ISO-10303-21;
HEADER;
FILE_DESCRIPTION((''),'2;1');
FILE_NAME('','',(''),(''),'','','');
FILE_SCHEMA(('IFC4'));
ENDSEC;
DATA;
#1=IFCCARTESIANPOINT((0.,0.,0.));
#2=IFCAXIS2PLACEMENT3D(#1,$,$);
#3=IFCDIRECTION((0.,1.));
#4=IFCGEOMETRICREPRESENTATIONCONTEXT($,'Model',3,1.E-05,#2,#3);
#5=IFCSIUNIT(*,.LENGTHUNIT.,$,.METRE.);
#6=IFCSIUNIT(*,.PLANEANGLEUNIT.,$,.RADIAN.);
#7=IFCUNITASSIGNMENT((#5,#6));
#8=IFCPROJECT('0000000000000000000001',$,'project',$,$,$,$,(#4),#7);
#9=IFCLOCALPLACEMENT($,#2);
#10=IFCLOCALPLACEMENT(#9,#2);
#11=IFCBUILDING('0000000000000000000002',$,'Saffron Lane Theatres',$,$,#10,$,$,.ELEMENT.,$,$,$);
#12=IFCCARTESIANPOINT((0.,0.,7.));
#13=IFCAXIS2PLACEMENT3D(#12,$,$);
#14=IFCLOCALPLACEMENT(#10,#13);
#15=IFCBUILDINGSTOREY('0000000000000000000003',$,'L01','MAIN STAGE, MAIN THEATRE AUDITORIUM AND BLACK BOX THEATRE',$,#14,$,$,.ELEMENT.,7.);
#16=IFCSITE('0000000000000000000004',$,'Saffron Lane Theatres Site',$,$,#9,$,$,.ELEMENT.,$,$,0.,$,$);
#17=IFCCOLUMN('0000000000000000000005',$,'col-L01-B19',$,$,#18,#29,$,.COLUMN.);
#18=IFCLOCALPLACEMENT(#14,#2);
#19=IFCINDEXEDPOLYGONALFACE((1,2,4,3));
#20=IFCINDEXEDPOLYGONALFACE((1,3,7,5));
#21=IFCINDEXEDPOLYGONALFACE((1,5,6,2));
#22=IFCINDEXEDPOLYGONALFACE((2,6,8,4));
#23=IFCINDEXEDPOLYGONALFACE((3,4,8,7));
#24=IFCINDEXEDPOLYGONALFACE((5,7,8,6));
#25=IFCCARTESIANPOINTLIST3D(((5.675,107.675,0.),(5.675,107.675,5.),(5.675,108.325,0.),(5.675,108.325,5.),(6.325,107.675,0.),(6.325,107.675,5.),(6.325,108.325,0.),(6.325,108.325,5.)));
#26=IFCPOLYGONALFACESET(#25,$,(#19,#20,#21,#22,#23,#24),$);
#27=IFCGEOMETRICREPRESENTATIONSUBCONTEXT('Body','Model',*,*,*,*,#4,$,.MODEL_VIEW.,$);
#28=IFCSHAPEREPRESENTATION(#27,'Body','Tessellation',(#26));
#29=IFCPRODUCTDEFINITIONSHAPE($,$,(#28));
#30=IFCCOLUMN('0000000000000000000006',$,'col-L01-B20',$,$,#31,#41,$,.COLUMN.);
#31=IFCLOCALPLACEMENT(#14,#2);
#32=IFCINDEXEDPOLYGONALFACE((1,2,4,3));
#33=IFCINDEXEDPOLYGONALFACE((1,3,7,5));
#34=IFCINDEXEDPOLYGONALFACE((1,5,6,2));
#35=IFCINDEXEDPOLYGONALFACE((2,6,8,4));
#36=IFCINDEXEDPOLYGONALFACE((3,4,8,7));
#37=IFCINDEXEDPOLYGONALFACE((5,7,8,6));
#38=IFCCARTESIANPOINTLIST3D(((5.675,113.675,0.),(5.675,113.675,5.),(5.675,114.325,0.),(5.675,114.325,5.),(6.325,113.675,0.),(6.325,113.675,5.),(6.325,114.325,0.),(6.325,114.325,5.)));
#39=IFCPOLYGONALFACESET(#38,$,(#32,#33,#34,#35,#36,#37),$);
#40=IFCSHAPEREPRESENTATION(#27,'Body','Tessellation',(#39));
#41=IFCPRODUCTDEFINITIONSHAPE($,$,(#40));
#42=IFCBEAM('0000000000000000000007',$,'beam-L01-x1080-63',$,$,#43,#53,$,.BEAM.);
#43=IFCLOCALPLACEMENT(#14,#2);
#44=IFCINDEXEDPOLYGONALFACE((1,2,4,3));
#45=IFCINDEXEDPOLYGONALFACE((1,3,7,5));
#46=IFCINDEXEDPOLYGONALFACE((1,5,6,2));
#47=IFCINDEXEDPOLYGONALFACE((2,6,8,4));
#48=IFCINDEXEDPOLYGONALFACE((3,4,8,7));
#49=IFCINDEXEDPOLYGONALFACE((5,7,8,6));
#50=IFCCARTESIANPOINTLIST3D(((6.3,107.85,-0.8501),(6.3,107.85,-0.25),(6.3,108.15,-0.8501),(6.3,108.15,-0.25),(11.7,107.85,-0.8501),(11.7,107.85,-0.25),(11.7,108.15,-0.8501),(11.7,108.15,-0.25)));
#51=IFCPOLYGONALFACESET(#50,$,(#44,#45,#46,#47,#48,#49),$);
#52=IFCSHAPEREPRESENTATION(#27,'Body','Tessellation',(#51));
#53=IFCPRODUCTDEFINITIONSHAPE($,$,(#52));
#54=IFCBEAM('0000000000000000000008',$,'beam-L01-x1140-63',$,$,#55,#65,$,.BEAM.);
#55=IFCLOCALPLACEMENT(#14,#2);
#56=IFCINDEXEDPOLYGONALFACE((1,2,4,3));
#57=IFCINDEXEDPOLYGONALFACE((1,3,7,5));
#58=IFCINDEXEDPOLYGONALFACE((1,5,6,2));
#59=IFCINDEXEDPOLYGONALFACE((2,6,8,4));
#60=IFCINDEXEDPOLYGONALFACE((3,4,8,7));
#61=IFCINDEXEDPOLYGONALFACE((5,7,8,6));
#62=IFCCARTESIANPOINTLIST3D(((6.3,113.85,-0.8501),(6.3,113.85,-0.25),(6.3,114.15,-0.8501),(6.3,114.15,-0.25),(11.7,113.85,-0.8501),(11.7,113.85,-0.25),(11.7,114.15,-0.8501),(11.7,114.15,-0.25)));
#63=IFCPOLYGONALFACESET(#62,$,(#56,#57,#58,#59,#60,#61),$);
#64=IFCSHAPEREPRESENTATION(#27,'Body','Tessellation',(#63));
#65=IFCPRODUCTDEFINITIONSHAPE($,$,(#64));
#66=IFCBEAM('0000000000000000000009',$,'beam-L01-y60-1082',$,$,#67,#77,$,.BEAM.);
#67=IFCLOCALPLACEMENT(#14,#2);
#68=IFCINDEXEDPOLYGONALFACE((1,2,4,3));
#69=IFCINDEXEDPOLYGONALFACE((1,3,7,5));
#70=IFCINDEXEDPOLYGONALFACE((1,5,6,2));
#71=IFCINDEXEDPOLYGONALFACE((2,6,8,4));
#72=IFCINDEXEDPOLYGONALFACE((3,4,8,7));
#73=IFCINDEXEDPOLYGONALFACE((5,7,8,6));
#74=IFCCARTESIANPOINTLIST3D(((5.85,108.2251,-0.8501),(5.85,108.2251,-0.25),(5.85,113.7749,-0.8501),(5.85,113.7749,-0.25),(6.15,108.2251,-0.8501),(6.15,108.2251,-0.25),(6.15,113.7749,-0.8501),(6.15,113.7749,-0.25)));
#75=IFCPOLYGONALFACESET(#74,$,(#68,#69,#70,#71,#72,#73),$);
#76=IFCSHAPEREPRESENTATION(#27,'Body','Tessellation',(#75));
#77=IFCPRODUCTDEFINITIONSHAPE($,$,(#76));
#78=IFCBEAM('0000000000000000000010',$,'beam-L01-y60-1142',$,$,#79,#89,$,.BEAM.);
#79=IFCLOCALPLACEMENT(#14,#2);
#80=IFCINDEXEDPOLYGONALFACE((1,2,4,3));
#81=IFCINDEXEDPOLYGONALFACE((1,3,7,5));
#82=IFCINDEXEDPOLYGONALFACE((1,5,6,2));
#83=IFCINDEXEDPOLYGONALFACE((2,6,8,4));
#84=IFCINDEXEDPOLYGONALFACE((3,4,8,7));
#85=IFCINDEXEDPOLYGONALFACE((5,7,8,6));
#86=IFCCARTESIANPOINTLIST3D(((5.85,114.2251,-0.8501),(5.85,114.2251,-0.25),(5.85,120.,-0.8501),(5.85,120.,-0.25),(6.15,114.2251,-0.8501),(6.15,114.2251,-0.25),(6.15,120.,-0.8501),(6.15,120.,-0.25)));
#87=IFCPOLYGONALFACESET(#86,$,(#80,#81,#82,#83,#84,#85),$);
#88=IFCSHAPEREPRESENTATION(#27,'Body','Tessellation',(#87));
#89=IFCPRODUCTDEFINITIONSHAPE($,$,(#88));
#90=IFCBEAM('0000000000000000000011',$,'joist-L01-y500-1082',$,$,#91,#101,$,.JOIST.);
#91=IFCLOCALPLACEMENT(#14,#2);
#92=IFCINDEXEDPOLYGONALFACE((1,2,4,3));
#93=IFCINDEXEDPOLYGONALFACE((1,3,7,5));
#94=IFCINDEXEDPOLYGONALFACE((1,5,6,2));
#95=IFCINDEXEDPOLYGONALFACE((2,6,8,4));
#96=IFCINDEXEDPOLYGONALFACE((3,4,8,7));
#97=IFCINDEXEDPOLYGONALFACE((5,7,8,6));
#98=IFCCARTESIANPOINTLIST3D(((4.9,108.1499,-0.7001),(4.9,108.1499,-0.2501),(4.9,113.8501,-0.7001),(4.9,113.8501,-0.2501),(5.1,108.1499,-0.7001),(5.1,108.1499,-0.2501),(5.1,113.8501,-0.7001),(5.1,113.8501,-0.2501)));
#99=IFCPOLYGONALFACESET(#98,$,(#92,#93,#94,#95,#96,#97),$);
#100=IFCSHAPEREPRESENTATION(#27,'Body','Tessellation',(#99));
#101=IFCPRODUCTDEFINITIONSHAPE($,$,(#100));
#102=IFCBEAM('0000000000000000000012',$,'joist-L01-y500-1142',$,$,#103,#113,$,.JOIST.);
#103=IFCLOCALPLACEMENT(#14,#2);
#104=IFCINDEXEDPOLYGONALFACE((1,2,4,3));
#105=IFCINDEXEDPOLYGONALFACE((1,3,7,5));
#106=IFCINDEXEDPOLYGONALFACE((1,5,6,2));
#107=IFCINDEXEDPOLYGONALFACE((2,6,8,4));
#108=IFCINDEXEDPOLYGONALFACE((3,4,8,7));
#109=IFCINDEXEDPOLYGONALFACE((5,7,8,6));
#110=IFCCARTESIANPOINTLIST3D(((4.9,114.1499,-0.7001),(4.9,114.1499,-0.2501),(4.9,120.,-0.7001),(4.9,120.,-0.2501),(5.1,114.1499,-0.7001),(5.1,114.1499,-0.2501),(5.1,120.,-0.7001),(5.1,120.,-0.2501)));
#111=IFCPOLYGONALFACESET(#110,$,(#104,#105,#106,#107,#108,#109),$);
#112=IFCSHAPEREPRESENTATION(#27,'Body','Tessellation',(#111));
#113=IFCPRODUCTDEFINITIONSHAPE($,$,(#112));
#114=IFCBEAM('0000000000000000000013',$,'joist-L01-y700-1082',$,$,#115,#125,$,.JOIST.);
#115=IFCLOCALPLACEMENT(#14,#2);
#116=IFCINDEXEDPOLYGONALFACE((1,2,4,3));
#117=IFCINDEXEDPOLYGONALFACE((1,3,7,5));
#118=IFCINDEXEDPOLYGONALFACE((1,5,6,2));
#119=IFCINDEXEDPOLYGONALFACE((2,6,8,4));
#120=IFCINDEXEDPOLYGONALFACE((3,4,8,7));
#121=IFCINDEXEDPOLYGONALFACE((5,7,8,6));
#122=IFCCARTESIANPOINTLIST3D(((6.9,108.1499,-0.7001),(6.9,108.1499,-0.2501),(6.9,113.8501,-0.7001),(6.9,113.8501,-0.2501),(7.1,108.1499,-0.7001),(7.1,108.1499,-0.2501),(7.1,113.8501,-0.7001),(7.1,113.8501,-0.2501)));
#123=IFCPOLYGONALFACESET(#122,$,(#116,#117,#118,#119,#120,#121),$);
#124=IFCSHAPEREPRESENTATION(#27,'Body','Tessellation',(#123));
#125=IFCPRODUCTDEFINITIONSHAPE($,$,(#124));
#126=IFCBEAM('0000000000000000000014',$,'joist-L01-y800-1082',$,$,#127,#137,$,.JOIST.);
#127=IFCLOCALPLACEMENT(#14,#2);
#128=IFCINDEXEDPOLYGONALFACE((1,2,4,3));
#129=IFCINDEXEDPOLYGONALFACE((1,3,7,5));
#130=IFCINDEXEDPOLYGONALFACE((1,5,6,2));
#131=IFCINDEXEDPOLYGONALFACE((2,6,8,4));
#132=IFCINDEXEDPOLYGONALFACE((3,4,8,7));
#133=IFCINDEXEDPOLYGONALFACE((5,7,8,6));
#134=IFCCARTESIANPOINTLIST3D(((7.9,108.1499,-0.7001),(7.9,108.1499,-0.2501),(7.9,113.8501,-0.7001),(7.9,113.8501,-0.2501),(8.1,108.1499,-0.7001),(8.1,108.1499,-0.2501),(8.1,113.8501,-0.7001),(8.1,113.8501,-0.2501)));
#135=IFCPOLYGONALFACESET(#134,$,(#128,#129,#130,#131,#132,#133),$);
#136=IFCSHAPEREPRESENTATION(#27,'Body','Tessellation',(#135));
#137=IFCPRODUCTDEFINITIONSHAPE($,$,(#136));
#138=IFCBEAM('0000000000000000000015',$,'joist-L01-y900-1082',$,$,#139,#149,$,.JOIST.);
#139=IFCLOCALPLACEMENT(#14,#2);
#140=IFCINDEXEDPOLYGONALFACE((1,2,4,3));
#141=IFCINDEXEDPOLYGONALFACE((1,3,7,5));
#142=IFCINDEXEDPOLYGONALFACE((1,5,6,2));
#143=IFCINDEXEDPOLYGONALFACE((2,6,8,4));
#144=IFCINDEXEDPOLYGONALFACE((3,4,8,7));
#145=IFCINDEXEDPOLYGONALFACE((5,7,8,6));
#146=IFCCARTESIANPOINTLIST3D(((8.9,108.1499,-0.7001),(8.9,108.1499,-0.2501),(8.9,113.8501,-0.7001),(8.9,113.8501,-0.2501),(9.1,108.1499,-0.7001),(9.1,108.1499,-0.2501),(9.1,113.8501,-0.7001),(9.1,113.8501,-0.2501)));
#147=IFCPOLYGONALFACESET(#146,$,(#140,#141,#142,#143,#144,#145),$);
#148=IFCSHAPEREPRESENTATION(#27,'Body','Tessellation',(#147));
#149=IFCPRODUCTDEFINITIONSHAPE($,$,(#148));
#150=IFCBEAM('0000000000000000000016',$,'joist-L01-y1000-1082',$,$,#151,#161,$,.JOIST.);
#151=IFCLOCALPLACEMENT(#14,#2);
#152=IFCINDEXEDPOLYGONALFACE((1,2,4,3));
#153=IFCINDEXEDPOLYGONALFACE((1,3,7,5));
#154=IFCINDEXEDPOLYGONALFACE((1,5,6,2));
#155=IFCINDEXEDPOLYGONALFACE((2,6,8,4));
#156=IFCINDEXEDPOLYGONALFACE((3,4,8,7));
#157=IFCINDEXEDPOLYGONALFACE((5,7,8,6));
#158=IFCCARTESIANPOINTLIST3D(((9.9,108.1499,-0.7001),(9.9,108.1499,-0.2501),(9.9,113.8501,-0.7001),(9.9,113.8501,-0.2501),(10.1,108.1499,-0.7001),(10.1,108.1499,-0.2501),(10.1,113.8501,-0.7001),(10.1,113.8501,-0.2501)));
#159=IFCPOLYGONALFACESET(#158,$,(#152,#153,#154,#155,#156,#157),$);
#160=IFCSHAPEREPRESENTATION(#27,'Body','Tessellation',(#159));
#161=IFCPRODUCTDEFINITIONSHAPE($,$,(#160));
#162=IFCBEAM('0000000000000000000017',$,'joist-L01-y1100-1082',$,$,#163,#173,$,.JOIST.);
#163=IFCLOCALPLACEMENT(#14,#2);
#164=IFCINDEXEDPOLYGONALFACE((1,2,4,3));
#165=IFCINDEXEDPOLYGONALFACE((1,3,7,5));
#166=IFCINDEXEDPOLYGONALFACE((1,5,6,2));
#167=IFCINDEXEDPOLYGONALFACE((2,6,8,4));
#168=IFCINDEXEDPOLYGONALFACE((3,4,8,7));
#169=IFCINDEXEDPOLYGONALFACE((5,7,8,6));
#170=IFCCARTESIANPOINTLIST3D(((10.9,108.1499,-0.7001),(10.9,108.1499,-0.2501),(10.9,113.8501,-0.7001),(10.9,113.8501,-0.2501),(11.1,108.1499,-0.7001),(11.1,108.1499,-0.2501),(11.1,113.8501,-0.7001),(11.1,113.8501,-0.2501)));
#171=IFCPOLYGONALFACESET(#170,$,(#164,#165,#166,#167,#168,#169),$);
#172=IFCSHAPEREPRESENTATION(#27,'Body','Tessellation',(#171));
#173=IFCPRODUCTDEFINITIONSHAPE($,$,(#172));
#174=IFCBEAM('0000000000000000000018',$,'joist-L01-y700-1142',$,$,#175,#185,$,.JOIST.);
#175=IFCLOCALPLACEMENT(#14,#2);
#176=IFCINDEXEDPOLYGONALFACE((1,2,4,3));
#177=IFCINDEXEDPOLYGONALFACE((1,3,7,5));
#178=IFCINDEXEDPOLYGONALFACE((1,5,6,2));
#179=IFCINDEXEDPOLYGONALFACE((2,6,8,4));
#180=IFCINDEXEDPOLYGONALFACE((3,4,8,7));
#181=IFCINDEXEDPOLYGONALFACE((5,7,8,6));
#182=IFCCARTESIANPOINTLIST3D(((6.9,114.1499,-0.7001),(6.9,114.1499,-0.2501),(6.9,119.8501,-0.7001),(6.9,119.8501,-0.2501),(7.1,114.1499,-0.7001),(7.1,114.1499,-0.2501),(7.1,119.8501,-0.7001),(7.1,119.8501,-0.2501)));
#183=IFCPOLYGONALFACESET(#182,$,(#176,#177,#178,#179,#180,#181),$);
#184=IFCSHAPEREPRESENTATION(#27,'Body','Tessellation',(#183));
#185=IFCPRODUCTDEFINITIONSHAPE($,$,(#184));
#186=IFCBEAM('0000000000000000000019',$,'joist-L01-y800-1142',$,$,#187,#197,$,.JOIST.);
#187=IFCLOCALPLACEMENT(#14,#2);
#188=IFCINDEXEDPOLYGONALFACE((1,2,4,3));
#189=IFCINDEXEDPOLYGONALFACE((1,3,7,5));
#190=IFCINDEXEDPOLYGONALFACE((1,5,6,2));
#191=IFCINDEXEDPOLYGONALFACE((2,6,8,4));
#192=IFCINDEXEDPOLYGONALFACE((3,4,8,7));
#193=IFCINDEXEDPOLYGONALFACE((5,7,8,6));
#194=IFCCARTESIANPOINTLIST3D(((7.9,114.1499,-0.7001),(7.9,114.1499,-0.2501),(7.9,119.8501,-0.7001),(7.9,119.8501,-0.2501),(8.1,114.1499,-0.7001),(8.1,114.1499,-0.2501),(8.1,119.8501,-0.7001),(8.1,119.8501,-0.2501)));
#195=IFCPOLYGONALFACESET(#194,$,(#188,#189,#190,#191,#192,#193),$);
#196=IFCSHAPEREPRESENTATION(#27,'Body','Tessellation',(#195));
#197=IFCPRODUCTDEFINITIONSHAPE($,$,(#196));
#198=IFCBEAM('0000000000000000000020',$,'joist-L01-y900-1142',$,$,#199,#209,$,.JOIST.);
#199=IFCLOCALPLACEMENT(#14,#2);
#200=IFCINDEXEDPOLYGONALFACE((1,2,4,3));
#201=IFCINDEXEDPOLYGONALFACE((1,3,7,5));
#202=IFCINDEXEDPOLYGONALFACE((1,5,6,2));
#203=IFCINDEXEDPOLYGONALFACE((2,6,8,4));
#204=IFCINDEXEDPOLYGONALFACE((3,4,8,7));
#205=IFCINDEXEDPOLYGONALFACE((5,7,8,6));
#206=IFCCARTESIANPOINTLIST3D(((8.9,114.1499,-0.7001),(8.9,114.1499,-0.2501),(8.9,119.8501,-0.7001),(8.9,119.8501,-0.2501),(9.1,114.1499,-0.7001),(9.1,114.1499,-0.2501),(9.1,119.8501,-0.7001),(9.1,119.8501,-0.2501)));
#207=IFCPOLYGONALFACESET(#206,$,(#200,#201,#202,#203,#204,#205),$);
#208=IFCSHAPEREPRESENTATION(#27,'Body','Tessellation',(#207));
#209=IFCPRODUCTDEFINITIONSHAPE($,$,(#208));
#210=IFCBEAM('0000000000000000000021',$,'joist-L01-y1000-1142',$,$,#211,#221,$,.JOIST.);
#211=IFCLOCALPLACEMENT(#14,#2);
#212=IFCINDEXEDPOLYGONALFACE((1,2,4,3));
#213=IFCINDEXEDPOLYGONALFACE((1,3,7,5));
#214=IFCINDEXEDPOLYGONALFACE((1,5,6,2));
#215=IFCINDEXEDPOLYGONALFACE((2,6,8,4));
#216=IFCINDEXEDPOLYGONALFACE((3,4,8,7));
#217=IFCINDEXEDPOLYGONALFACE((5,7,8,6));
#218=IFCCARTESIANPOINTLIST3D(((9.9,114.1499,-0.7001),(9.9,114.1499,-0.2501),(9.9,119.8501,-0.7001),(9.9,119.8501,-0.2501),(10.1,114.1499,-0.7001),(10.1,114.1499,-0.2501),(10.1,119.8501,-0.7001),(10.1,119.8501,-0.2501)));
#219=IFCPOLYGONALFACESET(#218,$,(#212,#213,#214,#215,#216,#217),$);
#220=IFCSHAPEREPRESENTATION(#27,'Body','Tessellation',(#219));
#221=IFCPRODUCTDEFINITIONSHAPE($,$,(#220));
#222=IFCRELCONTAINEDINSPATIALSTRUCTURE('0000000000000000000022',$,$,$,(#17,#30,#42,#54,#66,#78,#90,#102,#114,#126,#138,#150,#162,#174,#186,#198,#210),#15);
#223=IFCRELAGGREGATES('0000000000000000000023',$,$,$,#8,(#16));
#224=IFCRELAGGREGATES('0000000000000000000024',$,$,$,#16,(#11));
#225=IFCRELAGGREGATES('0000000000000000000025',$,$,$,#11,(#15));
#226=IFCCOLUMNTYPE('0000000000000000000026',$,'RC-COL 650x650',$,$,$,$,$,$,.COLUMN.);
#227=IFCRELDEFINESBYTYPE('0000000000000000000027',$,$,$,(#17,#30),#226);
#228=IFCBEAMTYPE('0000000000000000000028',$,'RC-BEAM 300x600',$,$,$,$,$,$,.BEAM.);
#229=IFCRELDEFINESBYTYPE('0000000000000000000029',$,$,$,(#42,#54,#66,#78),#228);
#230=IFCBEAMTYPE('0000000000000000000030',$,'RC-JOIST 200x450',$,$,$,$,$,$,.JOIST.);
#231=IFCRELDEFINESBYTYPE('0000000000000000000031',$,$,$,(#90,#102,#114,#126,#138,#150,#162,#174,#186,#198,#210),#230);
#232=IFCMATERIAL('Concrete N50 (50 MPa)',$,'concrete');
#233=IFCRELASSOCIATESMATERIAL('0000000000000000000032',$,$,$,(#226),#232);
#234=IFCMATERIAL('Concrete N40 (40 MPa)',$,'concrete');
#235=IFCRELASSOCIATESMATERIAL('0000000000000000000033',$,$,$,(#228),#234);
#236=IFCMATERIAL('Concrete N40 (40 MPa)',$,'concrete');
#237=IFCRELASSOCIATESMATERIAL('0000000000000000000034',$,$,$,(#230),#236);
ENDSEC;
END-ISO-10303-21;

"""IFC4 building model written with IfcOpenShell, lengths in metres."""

from ifc_helpers import new_model, si_unit, direction, frame, origin, origin_2d, place, context, subcontext, project, spatial, rectangle, extrude, material, material_profile, profile_set, type_object, element, save


model = new_model("IFC4")

# Units and contexts
model_context = context("Model", 3, precision=1e-05, world=origin(), true_north=direction((0.0, 1.0)))
body_context = subcontext(model_context, "Body", "Model", "MODEL_VIEW")
ifc_project = project(units=[si_unit("LENGTHUNIT", "METRE"), si_unit("PLANEANGLEUNIT", "RADIAN")], contexts=[model_context])

# Site, building, storey
site_placement = place(None, origin())
site = spatial("IfcSite", under=ifc_project, at=site_placement, Name="Saffron Lane Theatres Site", CompositionType="ELEMENT", RefElevation=0.0)
building_placement = place(site_placement, origin())
building = spatial("IfcBuilding", under=site, at=building_placement, Name="Saffron Lane Theatres", CompositionType="ELEMENT")
storey_placement = place(building_placement, frame((0.0, 0.0, 7.0)))
storey = spatial("IfcBuildingStorey", under=building, at=storey_placement, Name="L01", Description="MAIN STAGE, MAIN THEATRE AUDITORIUM AND BLACK BOX THEATRE", CompositionType="ELEMENT", Elevation=7.0)

# Columns
ifc_material_1 = material(Name="Concrete N50 (50 MPa)", Category="concrete")
ifc_material_profile_1 = material_profile(ifc_material_1, rectangle(XDim=0.6499, YDim=0.6499, at=origin_2d()))
ifc_profile_set_1 = profile_set([ifc_material_profile_1], Name="Concrete N50 (50 MPa)")
column_type = type_object("IfcColumnType", Name="RC-COL 650x650", PredefinedType="COLUMN", material=ifc_profile_set_1)
for number, where, z_axis, x_axis, name in (
    (1, (6.0, 108.0, 0.0), (0.0, 0.0, 1.0), (1.0, 0.0, 0.0), "col-L01-B19"),
    (2, (6.0, 114.0, 0.0), (0.0, 0.0, 1.0), (1.0, 0.0, 0.0), "col-L01-B20"),
):
    element("IfcColumn", number, at=place(storey_placement, frame(where, z_axis=z_axis, x_axis=x_axis)), inside=storey, type_object=column_type, Name=name, PredefinedType="COLUMN", context=body_context, shape_type="SweptSolid", body=[
        extrude(rectangle(XDim=0.6499, YDim=0.6499, at=origin_2d()), origin(), (0.0, 0.0, 1.0), 5.0),
    ])

# Beams
ifc_material_2 = material(Name="Concrete N40 (40 MPa)", Category="concrete")
ifc_material_profile_2 = material_profile(ifc_material_2, rectangle(XDim=0.3, YDim=0.6001, at=origin_2d()))
ifc_profile_set_2 = profile_set([ifc_material_profile_2], Name="Concrete N40 (40 MPa)")
beam_type_1 = type_object("IfcBeamType", Name="RC-BEAM 300x600", PredefinedType="BEAM", material=ifc_profile_set_2)
for number, where, z_axis, x_axis, name in (
    (3, (6.3, 108.0, -0.55), (1.0, 0.0, 0.0), (0.0, 1.0, 0.0), "beam-L01-x1080-63"),
    (4, (6.3, 114.0, -0.55), (1.0, 0.0, 0.0), (0.0, 1.0, 0.0), "beam-L01-x1140-63"),
):
    element("IfcBeam", number, at=place(storey_placement, frame(where, z_axis=z_axis, x_axis=x_axis)), inside=storey, type_object=beam_type_1, Name=name, PredefinedType="BEAM", context=body_context, shape_type="SweptSolid", body=[
        extrude(rectangle(XDim=0.3, YDim=0.6001, at=origin_2d()), origin(), (0.0, 0.0, 1.0), 5.3999),
    ])
beam_1_placement = place(storey_placement, frame((6.0, 108.2251, -0.55), z_axis=(0.0, 1.0, 0.0), x_axis=(-1.0, 0.0, 0.0)))
element("IfcBeam", 5, at=beam_1_placement, inside=storey, type_object=beam_type_1, Name="beam-L01-y60-1082", PredefinedType="BEAM", context=body_context, shape_type="SweptSolid", body=[
    extrude(rectangle(XDim=0.3, YDim=0.6001, at=origin_2d()), origin(), (0.0, 0.0, 1.0), 5.5498),
])
beam_2_placement = place(storey_placement, frame((6.0, 114.2251, -0.55), z_axis=(0.0, 1.0, 0.0), x_axis=(-1.0, 0.0, 0.0)))
element("IfcBeam", 6, at=beam_2_placement, inside=storey, type_object=beam_type_1, Name="beam-L01-y60-1142", PredefinedType="BEAM", context=body_context, shape_type="SweptSolid", body=[
    extrude(rectangle(XDim=0.3, YDim=0.6001, at=origin_2d()), origin(), (0.0, 0.0, 1.0), 5.7749),
])
ifc_material_3 = material(Name="Concrete N40 (40 MPa)", Category="concrete")
ifc_material_profile_3 = material_profile(ifc_material_3, rectangle(XDim=0.2, YDim=0.45, at=origin_2d()))
ifc_profile_set_3 = profile_set([ifc_material_profile_3], Name="Concrete N40 (40 MPa)")
beam_type_2 = type_object("IfcBeamType", Name="RC-JOIST 200x450", PredefinedType="JOIST", material=ifc_profile_set_3)
beam_3_placement = place(storey_placement, frame((5.0, 108.1499, -0.4751), z_axis=(0.0, 1.0, 0.0), x_axis=(-1.0, 0.0, 0.0)))
element("IfcBeam", 7, at=beam_3_placement, inside=storey, type_object=beam_type_2, Name="joist-L01-y500-1082", PredefinedType="JOIST", context=body_context, shape_type="SweptSolid", body=[
    extrude(rectangle(XDim=0.2, YDim=0.45, at=origin_2d()), origin(), (0.0, 0.0, 1.0), 5.7002),
])
beam_4_placement = place(storey_placement, frame((5.0, 114.1499, -0.4751), z_axis=(0.0, 1.0, 0.0), x_axis=(-1.0, 0.0, 0.0)))
element("IfcBeam", 8, at=beam_4_placement, inside=storey, type_object=beam_type_2, Name="joist-L01-y500-1142", PredefinedType="JOIST", context=body_context, shape_type="SweptSolid", body=[
    extrude(rectangle(XDim=0.2, YDim=0.45, at=origin_2d()), origin(), (0.0, 0.0, 1.0), 5.8501),
])
for number, where, z_axis, x_axis, name in (
    (9, (7.0, 108.1499, -0.4751), (0.0, 1.0, 0.0), (-1.0, 0.0, 0.0), "joist-L01-y700-1082"),
    (10, (8.0, 108.1499, -0.4751), (0.0, 1.0, 0.0), (-1.0, 0.0, 0.0), "joist-L01-y800-1082"),
    (11, (9.0, 108.1499, -0.4751), (0.0, 1.0, 0.0), (-1.0, 0.0, 0.0), "joist-L01-y900-1082"),
    (12, (10.0, 108.1499, -0.4751), (0.0, 1.0, 0.0), (-1.0, 0.0, 0.0), "joist-L01-y1000-1082"),
    (13, (11.0, 108.1499, -0.4751), (0.0, 1.0, 0.0), (-1.0, 0.0, 0.0), "joist-L01-y1100-1082"),
    (14, (7.0, 114.1499, -0.4751), (0.0, 1.0, 0.0), (-1.0, 0.0, 0.0), "joist-L01-y700-1142"),
    (15, (8.0, 114.1499, -0.4751), (0.0, 1.0, 0.0), (-1.0, 0.0, 0.0), "joist-L01-y800-1142"),
    (16, (9.0, 114.1499, -0.4751), (0.0, 1.0, 0.0), (-1.0, 0.0, 0.0), "joist-L01-y900-1142"),
    (17, (10.0, 114.1499, -0.4751), (0.0, 1.0, 0.0), (-1.0, 0.0, 0.0), "joist-L01-y1000-1142"),
):
    element("IfcBeam", number, at=place(storey_placement, frame(where, z_axis=z_axis, x_axis=x_axis)), inside=storey, type_object=beam_type_2, Name=name, PredefinedType="JOIST", context=body_context, shape_type="SweptSolid", body=[
        extrude(rectangle(XDim=0.2, YDim=0.45, at=origin_2d()), origin(), (0.0, 0.0, 1.0), 5.7002),
    ])

save(model, "model.ifc")
